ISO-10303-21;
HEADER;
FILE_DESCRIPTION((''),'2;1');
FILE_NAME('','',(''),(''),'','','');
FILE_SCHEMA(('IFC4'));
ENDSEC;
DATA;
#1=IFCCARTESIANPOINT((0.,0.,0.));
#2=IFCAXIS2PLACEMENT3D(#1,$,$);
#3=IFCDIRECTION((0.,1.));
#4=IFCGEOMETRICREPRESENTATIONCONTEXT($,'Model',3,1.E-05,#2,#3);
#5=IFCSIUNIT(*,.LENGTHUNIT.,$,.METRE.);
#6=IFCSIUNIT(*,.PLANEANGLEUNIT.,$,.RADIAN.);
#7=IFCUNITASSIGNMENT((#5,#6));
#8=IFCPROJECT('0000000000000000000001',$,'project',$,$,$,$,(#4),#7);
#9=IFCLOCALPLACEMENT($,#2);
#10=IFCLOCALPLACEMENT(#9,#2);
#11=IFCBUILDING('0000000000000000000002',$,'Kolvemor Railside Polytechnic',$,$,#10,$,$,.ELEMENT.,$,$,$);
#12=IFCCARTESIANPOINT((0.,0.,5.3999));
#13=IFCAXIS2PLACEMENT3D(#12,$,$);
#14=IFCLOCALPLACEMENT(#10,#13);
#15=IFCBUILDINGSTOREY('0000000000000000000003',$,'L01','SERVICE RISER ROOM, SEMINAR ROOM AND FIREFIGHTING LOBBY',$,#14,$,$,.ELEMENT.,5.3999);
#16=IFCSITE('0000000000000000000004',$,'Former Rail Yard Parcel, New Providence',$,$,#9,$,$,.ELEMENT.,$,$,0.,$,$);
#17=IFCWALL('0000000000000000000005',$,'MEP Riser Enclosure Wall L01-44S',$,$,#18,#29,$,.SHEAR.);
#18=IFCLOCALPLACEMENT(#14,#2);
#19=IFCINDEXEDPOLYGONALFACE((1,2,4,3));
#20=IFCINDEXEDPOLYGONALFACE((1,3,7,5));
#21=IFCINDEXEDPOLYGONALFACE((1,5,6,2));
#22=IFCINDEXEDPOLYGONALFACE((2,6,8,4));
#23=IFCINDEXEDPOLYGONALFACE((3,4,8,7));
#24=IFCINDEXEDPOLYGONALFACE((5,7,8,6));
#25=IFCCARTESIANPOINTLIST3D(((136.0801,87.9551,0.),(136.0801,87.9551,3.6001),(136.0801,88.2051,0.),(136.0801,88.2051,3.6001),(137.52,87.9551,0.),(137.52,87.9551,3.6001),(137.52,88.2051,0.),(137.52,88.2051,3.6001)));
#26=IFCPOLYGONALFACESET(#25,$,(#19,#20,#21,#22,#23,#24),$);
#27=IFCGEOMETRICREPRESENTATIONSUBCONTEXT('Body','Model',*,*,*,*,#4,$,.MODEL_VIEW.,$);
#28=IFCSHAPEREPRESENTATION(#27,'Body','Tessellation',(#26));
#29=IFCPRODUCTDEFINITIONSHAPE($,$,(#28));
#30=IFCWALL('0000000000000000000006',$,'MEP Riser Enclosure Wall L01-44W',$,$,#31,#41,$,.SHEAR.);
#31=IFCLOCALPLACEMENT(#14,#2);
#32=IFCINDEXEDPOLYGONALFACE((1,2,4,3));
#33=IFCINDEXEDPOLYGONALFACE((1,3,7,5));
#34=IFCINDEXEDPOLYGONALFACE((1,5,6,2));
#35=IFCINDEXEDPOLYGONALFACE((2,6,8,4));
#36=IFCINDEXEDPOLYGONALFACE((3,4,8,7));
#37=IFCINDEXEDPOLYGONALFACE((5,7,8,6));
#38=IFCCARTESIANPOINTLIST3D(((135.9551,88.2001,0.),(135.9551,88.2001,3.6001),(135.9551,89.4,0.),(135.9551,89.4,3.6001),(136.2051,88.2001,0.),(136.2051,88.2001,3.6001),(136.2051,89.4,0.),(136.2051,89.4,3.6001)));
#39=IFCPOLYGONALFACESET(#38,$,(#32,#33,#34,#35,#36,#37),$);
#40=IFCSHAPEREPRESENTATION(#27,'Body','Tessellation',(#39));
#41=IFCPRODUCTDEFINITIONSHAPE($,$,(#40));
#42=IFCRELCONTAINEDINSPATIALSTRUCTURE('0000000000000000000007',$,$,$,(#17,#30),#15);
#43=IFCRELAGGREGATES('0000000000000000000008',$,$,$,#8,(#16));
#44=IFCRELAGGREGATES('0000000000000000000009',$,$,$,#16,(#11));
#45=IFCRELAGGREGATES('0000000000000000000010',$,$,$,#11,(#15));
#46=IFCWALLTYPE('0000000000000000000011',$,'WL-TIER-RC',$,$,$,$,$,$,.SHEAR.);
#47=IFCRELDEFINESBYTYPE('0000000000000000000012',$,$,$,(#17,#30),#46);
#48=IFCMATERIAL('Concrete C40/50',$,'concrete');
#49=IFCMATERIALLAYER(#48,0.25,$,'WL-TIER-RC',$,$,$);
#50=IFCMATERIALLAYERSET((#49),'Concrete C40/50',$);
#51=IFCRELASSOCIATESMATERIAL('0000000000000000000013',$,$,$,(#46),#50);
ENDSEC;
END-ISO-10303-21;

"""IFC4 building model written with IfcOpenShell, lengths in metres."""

from ifc_helpers import new_model, si_unit, direction, frame, frame_2d, origin, place, context, subcontext, project, spatial, rectangle, extrude, material, layer, layer_set, type_object, element, save


model = new_model("IFC4")

# Units and contexts
model_context = context("Model", 3, precision=1e-05, world=origin(), true_north=direction((0.0, 1.0)))
body_context = subcontext(model_context, "Body", "Model", "MODEL_VIEW")
ifc_project = project(units=[si_unit("LENGTHUNIT", "METRE"), si_unit("PLANEANGLEUNIT", "RADIAN")], contexts=[model_context])

# Site, building, storey
site_placement = place(None, origin())
site = spatial("IfcSite", under=ifc_project, at=site_placement, Name="Former Rail Yard Parcel, New Providence", CompositionType="ELEMENT", RefElevation=0.0)
building_placement = place(site_placement, origin())
building = spatial("IfcBuilding", under=site, at=building_placement, Name="Kolvemor Railside Polytechnic", CompositionType="ELEMENT")
storey_placement = place(building_placement, frame((0.0, 0.0, 5.3999)))
storey = spatial("IfcBuildingStorey", under=building, at=storey_placement, Name="L01", Description="SERVICE RISER ROOM, SEMINAR ROOM AND FIREFIGHTING LOBBY", CompositionType="ELEMENT", Elevation=5.3999)

# Walls
ifc_material_1 = material(Name="Concrete C40/50", Category="concrete")
ifc_layer_1 = layer(ifc_material_1, 0.25, Name="WL-TIER-RC")
ifc_layer_set_1 = layer_set([ifc_layer_1], Name="Concrete C40/50")
wall_type_1 = type_object("IfcWallType", Name="WL-TIER-RC", PredefinedType="SHEAR", material=ifc_layer_set_1)
wall_1_placement = place(storey_placement, frame((136.0801, 88.0801, 0.0), z_axis=(0.0, 0.0, 1.0), x_axis=(1.0, 0.0, 0.0)))
element("IfcWall", 1, at=wall_1_placement, inside=storey, type_object=wall_type_1, Name="MEP Riser Enclosure Wall L01-44S", PredefinedType="SHEAR", context=body_context, shape_type="SweptSolid", body=[
    extrude(rectangle(XDim=1.4399, YDim=0.25, at=frame_2d((0.72, 0.0))), origin(), (0.0, 0.0, 1.0), 3.6001),
])
wall_2_placement = place(storey_placement, frame((136.0801, 88.2, 0.0), z_axis=(0.0, 0.0, 1.0), x_axis=(0.0, 1.0, 0.0)))
element("IfcWall", 2, at=wall_2_placement, inside=storey, type_object=wall_type_1, Name="MEP Riser Enclosure Wall L01-44W", PredefinedType="SHEAR", context=body_context, shape_type="SweptSolid", body=[
    extrude(rectangle(XDim=1.2, YDim=0.25, at=frame_2d((0.6001, 0.0))), origin(), (0.0, 0.0, 1.0), 3.6001),
])

save(model, "model.ifc")
